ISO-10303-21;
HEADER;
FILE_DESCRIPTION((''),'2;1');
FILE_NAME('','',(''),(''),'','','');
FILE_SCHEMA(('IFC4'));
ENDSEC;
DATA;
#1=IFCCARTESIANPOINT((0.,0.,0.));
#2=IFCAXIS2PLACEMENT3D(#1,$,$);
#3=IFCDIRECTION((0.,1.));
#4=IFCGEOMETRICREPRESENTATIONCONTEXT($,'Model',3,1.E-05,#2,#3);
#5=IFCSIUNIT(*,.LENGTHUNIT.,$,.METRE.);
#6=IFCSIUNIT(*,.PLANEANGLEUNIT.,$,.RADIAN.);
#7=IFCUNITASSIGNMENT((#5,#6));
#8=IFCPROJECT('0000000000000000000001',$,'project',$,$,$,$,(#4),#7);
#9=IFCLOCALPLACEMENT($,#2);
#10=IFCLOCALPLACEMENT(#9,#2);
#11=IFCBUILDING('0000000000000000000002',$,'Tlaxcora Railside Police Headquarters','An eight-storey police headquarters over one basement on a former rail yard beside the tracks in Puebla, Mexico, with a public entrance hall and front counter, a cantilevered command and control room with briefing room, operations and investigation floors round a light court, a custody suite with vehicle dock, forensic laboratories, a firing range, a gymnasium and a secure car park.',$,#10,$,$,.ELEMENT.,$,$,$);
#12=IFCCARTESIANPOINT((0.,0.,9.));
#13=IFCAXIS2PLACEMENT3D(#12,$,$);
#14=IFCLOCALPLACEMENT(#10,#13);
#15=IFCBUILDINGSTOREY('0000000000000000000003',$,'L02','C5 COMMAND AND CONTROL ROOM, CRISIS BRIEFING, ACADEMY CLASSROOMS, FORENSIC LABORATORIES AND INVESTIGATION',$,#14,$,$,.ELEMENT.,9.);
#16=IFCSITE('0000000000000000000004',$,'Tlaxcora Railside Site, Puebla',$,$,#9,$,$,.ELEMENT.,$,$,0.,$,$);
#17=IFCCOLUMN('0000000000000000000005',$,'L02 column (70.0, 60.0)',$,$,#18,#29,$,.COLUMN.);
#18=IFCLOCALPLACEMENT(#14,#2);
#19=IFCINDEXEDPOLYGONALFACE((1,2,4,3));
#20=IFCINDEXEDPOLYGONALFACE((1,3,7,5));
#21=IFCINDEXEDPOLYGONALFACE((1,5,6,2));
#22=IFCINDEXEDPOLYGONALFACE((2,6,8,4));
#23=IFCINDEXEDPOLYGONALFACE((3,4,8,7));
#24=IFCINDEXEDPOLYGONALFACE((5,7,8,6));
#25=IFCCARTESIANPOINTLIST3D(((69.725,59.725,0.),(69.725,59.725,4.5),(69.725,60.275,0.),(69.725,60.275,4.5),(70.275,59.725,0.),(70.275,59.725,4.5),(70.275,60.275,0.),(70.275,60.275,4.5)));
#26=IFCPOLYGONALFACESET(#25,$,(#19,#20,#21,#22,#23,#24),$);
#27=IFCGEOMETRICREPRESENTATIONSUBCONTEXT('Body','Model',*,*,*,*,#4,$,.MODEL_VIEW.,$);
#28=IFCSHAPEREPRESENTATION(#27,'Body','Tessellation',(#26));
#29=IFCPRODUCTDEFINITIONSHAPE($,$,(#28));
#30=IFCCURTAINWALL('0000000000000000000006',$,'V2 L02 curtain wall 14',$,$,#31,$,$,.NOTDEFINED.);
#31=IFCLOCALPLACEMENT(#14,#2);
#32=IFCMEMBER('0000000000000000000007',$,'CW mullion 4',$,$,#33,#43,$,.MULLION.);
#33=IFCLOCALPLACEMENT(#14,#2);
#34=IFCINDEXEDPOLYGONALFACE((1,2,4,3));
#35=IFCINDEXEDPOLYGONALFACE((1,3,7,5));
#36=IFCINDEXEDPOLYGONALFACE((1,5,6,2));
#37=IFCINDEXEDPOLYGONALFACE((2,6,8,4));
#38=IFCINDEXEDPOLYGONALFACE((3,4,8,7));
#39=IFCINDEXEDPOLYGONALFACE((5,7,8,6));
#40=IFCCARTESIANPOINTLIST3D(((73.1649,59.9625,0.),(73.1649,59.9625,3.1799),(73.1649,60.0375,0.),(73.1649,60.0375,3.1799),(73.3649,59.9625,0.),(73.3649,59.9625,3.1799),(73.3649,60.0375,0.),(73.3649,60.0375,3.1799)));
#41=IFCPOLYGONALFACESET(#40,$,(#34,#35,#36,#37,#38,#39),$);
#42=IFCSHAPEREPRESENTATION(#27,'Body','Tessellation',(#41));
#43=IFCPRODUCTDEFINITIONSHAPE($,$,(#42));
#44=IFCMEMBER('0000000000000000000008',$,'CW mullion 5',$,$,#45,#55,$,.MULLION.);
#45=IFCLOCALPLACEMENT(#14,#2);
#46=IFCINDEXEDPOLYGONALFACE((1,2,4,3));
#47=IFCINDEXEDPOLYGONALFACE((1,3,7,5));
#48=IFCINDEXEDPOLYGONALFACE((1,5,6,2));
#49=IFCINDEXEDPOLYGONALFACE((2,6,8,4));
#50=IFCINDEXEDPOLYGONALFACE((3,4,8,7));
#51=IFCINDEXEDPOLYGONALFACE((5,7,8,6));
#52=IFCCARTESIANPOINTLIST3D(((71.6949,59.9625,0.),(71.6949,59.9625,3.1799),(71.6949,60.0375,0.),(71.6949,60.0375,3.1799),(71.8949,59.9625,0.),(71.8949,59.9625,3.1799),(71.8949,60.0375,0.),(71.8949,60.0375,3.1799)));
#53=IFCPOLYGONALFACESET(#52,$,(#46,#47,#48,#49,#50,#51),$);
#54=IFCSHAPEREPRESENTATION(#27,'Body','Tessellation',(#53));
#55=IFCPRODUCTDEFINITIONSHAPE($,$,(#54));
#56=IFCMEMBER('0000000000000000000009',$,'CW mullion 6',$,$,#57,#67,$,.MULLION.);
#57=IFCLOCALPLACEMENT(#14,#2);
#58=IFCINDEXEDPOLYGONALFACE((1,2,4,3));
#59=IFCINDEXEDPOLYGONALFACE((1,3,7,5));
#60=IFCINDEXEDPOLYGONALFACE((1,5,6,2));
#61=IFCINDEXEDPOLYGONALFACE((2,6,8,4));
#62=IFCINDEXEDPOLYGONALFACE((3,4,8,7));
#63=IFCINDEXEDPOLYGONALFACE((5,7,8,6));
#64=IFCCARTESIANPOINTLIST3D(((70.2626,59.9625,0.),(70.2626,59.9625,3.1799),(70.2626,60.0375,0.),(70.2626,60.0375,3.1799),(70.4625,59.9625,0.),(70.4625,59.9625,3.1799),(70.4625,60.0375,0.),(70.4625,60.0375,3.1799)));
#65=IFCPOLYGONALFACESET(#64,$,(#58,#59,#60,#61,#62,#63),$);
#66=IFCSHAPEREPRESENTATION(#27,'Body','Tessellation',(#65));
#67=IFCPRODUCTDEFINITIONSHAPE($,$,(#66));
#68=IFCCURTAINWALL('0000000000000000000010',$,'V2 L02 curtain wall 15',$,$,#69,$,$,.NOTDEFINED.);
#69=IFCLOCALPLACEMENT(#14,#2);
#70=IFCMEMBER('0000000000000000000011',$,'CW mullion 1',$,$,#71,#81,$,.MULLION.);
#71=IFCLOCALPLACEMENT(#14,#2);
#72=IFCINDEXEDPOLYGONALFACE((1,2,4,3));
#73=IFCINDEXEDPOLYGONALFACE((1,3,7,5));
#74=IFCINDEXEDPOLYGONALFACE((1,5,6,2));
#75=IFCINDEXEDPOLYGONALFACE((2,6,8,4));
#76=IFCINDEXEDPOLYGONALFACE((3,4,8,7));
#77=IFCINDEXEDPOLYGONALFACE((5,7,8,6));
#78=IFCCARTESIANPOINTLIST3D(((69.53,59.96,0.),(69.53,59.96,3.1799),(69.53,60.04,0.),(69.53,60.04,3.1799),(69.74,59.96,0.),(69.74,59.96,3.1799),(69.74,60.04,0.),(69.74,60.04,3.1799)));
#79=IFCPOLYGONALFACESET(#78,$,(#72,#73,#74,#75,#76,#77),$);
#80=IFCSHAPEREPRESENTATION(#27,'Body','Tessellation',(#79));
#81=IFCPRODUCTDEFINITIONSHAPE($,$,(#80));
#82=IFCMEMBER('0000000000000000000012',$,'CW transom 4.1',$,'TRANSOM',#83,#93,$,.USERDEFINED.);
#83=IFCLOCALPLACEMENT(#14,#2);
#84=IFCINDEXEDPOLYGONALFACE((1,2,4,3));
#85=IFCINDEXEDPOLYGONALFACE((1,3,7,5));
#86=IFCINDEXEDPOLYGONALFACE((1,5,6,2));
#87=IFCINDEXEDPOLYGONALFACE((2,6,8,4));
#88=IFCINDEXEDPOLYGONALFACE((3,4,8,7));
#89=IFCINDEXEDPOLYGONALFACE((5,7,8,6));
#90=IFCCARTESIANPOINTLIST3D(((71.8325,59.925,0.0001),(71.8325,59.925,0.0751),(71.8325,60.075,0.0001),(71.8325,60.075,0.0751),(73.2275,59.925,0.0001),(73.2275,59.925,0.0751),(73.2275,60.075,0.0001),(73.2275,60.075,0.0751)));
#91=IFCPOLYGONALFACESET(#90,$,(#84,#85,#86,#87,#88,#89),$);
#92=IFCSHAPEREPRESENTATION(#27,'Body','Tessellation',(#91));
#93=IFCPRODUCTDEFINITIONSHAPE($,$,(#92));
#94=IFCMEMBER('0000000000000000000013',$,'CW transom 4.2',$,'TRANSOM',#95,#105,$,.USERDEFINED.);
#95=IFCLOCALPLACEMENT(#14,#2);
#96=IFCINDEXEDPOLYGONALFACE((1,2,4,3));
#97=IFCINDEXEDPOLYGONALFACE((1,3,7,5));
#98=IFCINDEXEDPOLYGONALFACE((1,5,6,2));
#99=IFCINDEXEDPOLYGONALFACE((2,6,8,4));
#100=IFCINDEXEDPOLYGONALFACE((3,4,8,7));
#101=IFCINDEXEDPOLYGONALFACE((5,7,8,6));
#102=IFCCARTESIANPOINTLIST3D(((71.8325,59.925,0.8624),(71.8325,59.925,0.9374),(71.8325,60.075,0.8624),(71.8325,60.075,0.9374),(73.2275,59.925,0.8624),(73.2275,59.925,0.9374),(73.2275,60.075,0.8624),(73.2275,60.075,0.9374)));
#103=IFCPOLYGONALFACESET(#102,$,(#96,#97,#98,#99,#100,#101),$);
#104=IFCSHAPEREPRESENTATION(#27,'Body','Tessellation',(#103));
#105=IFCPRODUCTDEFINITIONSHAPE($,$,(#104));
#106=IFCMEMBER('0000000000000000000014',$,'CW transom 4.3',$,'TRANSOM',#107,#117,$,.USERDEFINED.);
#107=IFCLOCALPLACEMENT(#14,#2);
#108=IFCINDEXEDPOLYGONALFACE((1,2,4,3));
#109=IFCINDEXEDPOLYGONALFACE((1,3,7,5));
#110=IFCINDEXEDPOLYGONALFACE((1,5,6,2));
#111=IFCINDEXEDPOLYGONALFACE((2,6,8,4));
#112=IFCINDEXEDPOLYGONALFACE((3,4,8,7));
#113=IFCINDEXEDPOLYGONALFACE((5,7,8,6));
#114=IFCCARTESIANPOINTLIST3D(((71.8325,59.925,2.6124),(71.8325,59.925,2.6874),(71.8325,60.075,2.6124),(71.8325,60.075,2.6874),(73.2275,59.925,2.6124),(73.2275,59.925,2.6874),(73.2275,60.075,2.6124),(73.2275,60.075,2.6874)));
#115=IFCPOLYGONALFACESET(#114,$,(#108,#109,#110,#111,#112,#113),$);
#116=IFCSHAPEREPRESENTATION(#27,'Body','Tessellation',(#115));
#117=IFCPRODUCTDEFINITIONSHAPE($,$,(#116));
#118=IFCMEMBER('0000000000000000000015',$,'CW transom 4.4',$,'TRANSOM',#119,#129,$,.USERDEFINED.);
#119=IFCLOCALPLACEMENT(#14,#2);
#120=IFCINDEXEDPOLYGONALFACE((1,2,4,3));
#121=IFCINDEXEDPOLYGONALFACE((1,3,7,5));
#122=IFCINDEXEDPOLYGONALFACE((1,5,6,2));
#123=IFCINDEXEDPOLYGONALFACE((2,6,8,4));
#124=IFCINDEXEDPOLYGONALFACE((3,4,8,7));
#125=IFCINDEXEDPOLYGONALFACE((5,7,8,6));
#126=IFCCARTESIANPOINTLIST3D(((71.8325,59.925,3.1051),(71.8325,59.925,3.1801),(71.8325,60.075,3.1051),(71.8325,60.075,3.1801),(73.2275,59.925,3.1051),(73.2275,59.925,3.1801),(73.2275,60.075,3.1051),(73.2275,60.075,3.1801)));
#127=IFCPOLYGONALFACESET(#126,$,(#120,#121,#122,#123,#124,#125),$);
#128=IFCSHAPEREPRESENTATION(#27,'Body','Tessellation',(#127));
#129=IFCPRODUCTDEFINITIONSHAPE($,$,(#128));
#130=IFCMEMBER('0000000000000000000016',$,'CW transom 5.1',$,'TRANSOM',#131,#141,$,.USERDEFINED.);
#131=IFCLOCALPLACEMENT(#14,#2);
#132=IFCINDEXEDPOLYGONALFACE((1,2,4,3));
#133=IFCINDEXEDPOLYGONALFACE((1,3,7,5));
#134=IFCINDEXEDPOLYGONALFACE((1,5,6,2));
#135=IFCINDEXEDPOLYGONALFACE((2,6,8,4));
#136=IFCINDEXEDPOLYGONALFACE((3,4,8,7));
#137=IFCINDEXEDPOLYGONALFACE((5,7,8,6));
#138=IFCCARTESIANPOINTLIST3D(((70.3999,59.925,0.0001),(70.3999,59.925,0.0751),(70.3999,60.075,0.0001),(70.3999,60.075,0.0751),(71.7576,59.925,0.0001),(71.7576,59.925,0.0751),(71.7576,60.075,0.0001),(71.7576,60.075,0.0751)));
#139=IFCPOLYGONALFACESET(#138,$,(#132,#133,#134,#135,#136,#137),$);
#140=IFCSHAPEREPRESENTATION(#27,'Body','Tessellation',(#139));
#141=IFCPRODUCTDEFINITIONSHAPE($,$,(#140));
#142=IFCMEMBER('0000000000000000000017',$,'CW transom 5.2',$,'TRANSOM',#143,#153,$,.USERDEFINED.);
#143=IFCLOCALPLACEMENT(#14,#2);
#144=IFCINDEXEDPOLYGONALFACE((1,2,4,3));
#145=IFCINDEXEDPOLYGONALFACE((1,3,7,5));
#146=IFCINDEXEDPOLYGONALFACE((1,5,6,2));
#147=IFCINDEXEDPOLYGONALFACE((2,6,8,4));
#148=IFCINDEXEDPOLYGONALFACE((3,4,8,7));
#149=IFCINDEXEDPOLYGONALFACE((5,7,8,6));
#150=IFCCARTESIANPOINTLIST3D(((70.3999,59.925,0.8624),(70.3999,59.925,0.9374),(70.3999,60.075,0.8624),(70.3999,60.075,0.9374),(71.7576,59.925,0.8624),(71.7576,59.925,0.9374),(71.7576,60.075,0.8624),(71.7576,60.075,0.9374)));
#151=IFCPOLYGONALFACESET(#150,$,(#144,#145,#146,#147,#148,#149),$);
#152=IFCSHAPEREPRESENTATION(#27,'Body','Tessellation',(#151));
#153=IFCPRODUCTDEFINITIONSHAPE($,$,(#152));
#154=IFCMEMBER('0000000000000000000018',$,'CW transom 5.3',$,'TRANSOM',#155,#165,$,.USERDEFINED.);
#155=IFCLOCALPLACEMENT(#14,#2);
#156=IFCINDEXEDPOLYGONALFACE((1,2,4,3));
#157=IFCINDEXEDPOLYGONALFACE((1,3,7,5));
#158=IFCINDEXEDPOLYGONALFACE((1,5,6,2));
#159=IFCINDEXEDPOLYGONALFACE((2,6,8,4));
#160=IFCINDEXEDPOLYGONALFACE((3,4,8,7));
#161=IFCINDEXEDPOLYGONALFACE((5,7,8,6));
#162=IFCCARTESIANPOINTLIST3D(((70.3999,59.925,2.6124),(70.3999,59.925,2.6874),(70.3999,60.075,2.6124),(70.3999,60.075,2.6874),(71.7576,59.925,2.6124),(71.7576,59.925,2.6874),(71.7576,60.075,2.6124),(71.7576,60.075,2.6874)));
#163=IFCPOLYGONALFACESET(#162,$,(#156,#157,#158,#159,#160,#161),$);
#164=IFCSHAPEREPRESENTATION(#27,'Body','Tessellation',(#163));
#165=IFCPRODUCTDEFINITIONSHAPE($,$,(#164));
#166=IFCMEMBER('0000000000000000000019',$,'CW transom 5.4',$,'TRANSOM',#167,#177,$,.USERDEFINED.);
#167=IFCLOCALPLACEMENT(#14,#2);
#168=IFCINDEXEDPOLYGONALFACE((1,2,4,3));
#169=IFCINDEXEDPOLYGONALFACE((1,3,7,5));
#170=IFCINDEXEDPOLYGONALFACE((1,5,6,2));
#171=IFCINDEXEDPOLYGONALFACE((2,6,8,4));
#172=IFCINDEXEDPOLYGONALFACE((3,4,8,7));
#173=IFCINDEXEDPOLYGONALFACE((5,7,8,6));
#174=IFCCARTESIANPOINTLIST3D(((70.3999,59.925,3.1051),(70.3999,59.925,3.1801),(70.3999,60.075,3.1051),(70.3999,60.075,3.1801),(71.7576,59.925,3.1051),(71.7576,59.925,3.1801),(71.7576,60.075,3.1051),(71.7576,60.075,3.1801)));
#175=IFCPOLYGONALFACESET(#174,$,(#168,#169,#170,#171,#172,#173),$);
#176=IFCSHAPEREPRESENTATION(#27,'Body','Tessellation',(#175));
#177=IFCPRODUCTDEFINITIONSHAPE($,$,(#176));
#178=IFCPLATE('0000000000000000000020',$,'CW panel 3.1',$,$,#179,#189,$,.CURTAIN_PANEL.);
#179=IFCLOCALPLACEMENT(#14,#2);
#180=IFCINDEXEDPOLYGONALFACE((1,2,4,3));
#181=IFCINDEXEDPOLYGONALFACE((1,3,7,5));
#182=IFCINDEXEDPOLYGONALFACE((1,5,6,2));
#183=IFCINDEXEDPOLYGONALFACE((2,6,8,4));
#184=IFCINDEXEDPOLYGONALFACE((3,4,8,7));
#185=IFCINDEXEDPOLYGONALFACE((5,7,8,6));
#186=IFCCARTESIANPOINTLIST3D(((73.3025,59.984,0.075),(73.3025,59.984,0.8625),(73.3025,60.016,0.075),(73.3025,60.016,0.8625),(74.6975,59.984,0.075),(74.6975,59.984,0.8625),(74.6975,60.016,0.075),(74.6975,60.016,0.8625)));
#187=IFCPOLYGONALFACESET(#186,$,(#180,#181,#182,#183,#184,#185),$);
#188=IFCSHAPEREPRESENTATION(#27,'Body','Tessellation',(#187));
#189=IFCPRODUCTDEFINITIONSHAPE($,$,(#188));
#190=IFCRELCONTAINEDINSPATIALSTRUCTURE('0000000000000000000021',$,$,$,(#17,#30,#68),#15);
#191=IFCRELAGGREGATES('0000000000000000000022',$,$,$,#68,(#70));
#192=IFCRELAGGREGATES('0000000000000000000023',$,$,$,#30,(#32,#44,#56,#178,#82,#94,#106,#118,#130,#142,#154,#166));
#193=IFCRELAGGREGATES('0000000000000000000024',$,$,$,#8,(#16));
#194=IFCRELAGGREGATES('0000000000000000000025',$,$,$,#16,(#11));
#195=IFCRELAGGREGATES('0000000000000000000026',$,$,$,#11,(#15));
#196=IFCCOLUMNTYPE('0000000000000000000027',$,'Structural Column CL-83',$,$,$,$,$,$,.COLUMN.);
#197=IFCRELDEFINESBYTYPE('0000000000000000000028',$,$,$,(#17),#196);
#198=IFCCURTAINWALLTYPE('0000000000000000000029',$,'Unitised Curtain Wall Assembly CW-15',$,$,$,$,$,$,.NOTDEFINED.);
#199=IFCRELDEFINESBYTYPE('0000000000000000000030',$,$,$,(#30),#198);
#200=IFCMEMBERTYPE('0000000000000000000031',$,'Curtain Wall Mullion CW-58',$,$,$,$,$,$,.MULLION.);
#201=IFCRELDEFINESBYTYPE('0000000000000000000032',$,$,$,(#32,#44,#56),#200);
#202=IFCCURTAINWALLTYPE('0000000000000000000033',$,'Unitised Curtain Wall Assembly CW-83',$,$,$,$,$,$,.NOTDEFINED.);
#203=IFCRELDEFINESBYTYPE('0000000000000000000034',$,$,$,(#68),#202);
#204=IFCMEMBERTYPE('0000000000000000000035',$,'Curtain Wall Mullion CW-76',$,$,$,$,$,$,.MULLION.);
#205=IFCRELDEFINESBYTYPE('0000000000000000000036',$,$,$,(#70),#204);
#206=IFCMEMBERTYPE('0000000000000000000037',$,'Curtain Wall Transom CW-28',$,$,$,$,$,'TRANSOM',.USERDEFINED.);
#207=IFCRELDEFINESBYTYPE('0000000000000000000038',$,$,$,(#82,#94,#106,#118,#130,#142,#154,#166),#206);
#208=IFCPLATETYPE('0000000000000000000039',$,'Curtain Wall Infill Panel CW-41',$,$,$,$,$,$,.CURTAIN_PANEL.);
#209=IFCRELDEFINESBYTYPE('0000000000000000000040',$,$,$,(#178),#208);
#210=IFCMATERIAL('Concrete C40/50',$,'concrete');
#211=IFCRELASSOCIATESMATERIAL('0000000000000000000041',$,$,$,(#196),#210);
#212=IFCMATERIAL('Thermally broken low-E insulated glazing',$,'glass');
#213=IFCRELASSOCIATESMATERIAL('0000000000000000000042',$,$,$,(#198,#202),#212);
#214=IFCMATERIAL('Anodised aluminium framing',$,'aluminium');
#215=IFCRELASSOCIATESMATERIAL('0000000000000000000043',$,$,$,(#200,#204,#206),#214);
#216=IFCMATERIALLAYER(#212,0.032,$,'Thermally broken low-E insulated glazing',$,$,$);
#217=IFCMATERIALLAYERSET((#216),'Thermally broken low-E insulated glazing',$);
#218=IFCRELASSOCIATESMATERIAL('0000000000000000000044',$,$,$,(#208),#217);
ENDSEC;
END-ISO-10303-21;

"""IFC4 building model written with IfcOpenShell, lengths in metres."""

from ifc_helpers import new_model, si_unit, direction, frame, origin, origin_2d, place, context, subcontext, project, spatial, rectangle, extrude, material, layer, layer_set, material_profile, profile_set, type_object, element, aggregate, save


model = new_model("IFC4")

# Units and contexts
model_context = context("Model", 3, precision=1e-05, world=origin(), true_north=direction((0.0, 1.0)))
body_context = subcontext(model_context, "Body", "Model", "MODEL_VIEW")
ifc_project = project(units=[si_unit("LENGTHUNIT", "METRE"), si_unit("PLANEANGLEUNIT", "RADIAN")], contexts=[model_context])

# Site, building, storey
site_placement = place(None, origin())
site = spatial("IfcSite", under=ifc_project, at=site_placement, Name="Tlaxcora Railside Site, Puebla", CompositionType="ELEMENT", RefElevation=0.0)
building_placement = place(site_placement, origin())
building = spatial("IfcBuilding", under=site, at=building_placement, Name="Tlaxcora Railside Police Headquarters", Description="An eight-storey police headquarters over one basement on a former rail yard beside the tracks in Puebla, Mexico, with a public entrance hall and front counter, a cantilevered command and control room with briefing room, operations and investigation floors round a light court, a custody suite with vehicle dock, forensic laboratories, a firing range, a gymnasium and a secure car park.", CompositionType="ELEMENT")
storey_placement = place(building_placement, frame((0.0, 0.0, 9.0)))
storey = spatial("IfcBuildingStorey", under=building, at=storey_placement, Name="L02", Description="C5 COMMAND AND CONTROL ROOM, CRISIS BRIEFING, ACADEMY CLASSROOMS, FORENSIC LABORATORIES AND INVESTIGATION", CompositionType="ELEMENT", Elevation=9.0)

# Column
ifc_material_1 = material(Name="Concrete C40/50", Category="concrete")
ifc_material_profile_1 = material_profile(ifc_material_1, rectangle(XDim=0.55, YDim=0.55, at=origin_2d()), Name="RC550X550")
ifc_profile_set_1 = profile_set([ifc_material_profile_1], Name="Concrete C40/50")
column_type = type_object("IfcColumnType", Name="Structural Column CL-83", PredefinedType="COLUMN", material=ifc_profile_set_1)
column_placement = place(storey_placement, frame((70.0, 60.0, 0.0), z_axis=(0.0, 0.0, 1.0), x_axis=(1.0, 0.0, 0.0)))
element("IfcColumn", 1, at=column_placement, inside=storey, type_object=column_type, Name="L02 column (70.0, 60.0)", PredefinedType="COLUMN", context=body_context, shape_type="SweptSolid", body=[
    extrude(rectangle(XDim=0.55, YDim=0.55, at=origin_2d()), origin(), (0.0, 0.0, 1.0), 4.5),
])

# Curtain wall, members
ifc_material_2 = material(Name="Thermally broken low-E insulated glazing", Category="glass")
curtain_wall_type_1 = type_object("IfcCurtainWallType", Name="Unitised Curtain Wall Assembly CW-15", PredefinedType="NOTDEFINED", material=ifc_material_2)
curtain_wall_1_placement = place(storey_placement, origin())
curtain_wall_1 = element("IfcCurtainWall", 2, at=curtain_wall_1_placement, inside=storey, type_object=curtain_wall_type_1, Name="V2 L02 curtain wall 14", PredefinedType="NOTDEFINED")
ifc_material_3 = material(Name="Anodised aluminium framing", Category="aluminium")
ifc_material_profile_2 = material_profile(ifc_material_3, rectangle(XDim=0.075, YDim=0.2, at=origin_2d()), Name="AL75X200")
ifc_profile_set_2 = profile_set([ifc_material_profile_2], Name="Anodised aluminium framing")
member_type_1 = type_object("IfcMemberType", Name="Curtain Wall Mullion CW-58", PredefinedType="MULLION", material=ifc_profile_set_2)
member_1_placement = place(storey_placement, frame((73.2649, 60.0, 0.0), z_axis=(0.0, 0.0, 1.0), x_axis=(0.0, -1.0, 0.0)))
member_1 = element("IfcMember", 3, at=member_1_placement, type_object=member_type_1, Name="CW mullion 4", PredefinedType="MULLION", context=body_context, shape_type="SweptSolid", body=[
    extrude(rectangle(XDim=0.075, YDim=0.2, at=origin_2d()), origin(), (0.0, 0.0, 1.0), 3.1799),
])
member_2_placement = place(storey_placement, frame((71.7949, 60.0, 0.0), z_axis=(0.0, 0.0, 1.0), x_axis=(0.0, -1.0, 0.0)))
member_2 = element("IfcMember", 4, at=member_2_placement, type_object=member_type_1, Name="CW mullion 5", PredefinedType="MULLION", context=body_context, shape_type="SweptSolid", body=[
    extrude(rectangle(XDim=0.075, YDim=0.2, at=origin_2d()), origin(), (0.0, 0.0, 1.0), 3.1799),
])
member_3_placement = place(storey_placement, frame((70.3625, 60.0, 0.0), z_axis=(0.0, 0.0, 1.0), x_axis=(0.0, -1.0, 0.0)))
member_3 = element("IfcMember", 5, at=member_3_placement, type_object=member_type_1, Name="CW mullion 6", PredefinedType="MULLION", context=body_context, shape_type="SweptSolid", body=[
    extrude(rectangle(XDim=0.075, YDim=0.2, at=origin_2d()), origin(), (0.0, 0.0, 1.0), 3.1799),
])

# Curtain wall, member
curtain_wall_type_2 = type_object("IfcCurtainWallType", Name="Unitised Curtain Wall Assembly CW-83", PredefinedType="NOTDEFINED", material=ifc_material_2)
curtain_wall_2_placement = place(storey_placement, origin())
curtain_wall_2 = element("IfcCurtainWall", 6, at=curtain_wall_2_placement, inside=storey, type_object=curtain_wall_type_2, Name="V2 L02 curtain wall 15", PredefinedType="NOTDEFINED")
ifc_material_profile_3 = material_profile(ifc_material_3, rectangle(XDim=0.0801, YDim=0.21, at=origin_2d()), Name="AL80X210")
ifc_profile_set_3 = profile_set([ifc_material_profile_3], Name="Anodised aluminium framing")
member_type_2 = type_object("IfcMemberType", Name="Curtain Wall Mullion CW-76", PredefinedType="MULLION", material=ifc_profile_set_3)
member_4_placement = place(storey_placement, frame((69.635, 60.0, 0.0), z_axis=(0.0, 0.0, 1.0), x_axis=(0.0, -1.0, 0.0)))
member_4 = element("IfcMember", 7, at=member_4_placement, type_object=member_type_2, Name="CW mullion 1", PredefinedType="MULLION", context=body_context, shape_type="SweptSolid", body=[
    extrude(rectangle(XDim=0.0801, YDim=0.21, at=origin_2d()), origin(), (0.0, 0.0, 1.0), 3.1799),
])
aggregate(curtain_wall_2, [member_4])

# Members
ifc_material_profile_4 = material_profile(ifc_material_3, rectangle(XDim=0.1499, YDim=0.075, at=origin_2d()), Name="AL75X150")
ifc_profile_set_4 = profile_set([ifc_material_profile_4], Name="Anodised aluminium framing")
member_type_3 = type_object("IfcMemberType", Name="Curtain Wall Transom CW-28", ElementType="TRANSOM", PredefinedType="USERDEFINED", material=ifc_profile_set_4)
member_5_placement = place(storey_placement, frame((73.2275, 60.0, 0.0376), z_axis=(-1.0, 0.0, 0.0), x_axis=(0.0, -1.0, 0.0)))
member_5 = element("IfcMember", 8, at=member_5_placement, type_object=member_type_3, Name="CW transom 4.1", ObjectType="TRANSOM", PredefinedType="USERDEFINED", context=body_context, shape_type="SweptSolid", body=[
    extrude(rectangle(XDim=0.1499, YDim=0.075, at=origin_2d()), origin(), (0.0, 0.0, 1.0), 1.395),
])
member_6_placement = place(storey_placement, frame((73.2275, 60.0, 0.8999), z_axis=(-1.0, 0.0, 0.0), x_axis=(0.0, -1.0, 0.0)))
member_6 = element("IfcMember", 9, at=member_6_placement, type_object=member_type_3, Name="CW transom 4.2", ObjectType="TRANSOM", PredefinedType="USERDEFINED", context=body_context, shape_type="SweptSolid", body=[
    extrude(rectangle(XDim=0.1499, YDim=0.075, at=origin_2d()), origin(), (0.0, 0.0, 1.0), 1.395),
])
member_7_placement = place(storey_placement, frame((73.2275, 60.0, 2.6499), z_axis=(-1.0, 0.0, 0.0), x_axis=(0.0, -1.0, 0.0)))
member_7 = element("IfcMember", 10, at=member_7_placement, type_object=member_type_3, Name="CW transom 4.3", ObjectType="TRANSOM", PredefinedType="USERDEFINED", context=body_context, shape_type="SweptSolid", body=[
    extrude(rectangle(XDim=0.1499, YDim=0.075, at=origin_2d()), origin(), (0.0, 0.0, 1.0), 1.395),
])
member_8_placement = place(storey_placement, frame((73.2275, 60.0, 3.1426), z_axis=(-1.0, 0.0, 0.0), x_axis=(0.0, -1.0, 0.0)))
member_8 = element("IfcMember", 11, at=member_8_placement, type_object=member_type_3, Name="CW transom 4.4", ObjectType="TRANSOM", PredefinedType="USERDEFINED", context=body_context, shape_type="SweptSolid", body=[
    extrude(rectangle(XDim=0.1499, YDim=0.075, at=origin_2d()), origin(), (0.0, 0.0, 1.0), 1.395),
])
member_9_placement = place(storey_placement, frame((71.7576, 60.0, 0.0376), z_axis=(-1.0, 0.0, 0.0), x_axis=(0.0, -1.0, 0.0)))
member_9 = element("IfcMember", 12, at=member_9_placement, type_object=member_type_3, Name="CW transom 5.1", ObjectType="TRANSOM", PredefinedType="USERDEFINED", context=body_context, shape_type="SweptSolid", body=[
    extrude(rectangle(XDim=0.1499, YDim=0.075, at=origin_2d()), origin(), (0.0, 0.0, 1.0), 1.3577),
])
member_10_placement = place(storey_placement, frame((71.7576, 60.0, 0.8999), z_axis=(-1.0, 0.0, 0.0), x_axis=(0.0, -1.0, 0.0)))
member_10 = element("IfcMember", 13, at=member_10_placement, type_object=member_type_3, Name="CW transom 5.2", ObjectType="TRANSOM", PredefinedType="USERDEFINED", context=body_context, shape_type="SweptSolid", body=[
    extrude(rectangle(XDim=0.1499, YDim=0.075, at=origin_2d()), origin(), (0.0, 0.0, 1.0), 1.3577),
])
member_11_placement = place(storey_placement, frame((71.7576, 60.0, 2.6499), z_axis=(-1.0, 0.0, 0.0), x_axis=(0.0, -1.0, 0.0)))
member_11 = element("IfcMember", 14, at=member_11_placement, type_object=member_type_3, Name="CW transom 5.3", ObjectType="TRANSOM", PredefinedType="USERDEFINED", context=body_context, shape_type="SweptSolid", body=[
    extrude(rectangle(XDim=0.1499, YDim=0.075, at=origin_2d()), origin(), (0.0, 0.0, 1.0), 1.3577),
])
member_12_placement = place(storey_placement, frame((71.7576, 60.0, 3.1426), z_axis=(-1.0, 0.0, 0.0), x_axis=(0.0, -1.0, 0.0)))
member_12 = element("IfcMember", 15, at=member_12_placement, type_object=member_type_3, Name="CW transom 5.4", ObjectType="TRANSOM", PredefinedType="USERDEFINED", context=body_context, shape_type="SweptSolid", body=[
    extrude(rectangle(XDim=0.1499, YDim=0.075, at=origin_2d()), origin(), (0.0, 0.0, 1.0), 1.3577),
])

# Plate
ifc_layer_1 = layer(ifc_material_2, 0.032, Name="Thermally broken low-E insulated glazing")
ifc_layer_set_1 = layer_set([ifc_layer_1], Name="Thermally broken low-E insulated glazing")
plate_type = type_object("IfcPlateType", Name="Curtain Wall Infill Panel CW-41", PredefinedType="CURTAIN_PANEL", material=ifc_layer_set_1)
plate_1_placement = place(storey_placement, frame((74.0, 60.0, 0.075), z_axis=(0.0, 0.0, 1.0), x_axis=(-1.0, 0.0, 0.0)))
plate_1 = element("IfcPlate", 16, at=plate_1_placement, type_object=plate_type, Name="CW panel 3.1", PredefinedType="CURTAIN_PANEL", context=body_context, shape_type="SweptSolid", body=[
    extrude(rectangle(XDim=1.395, YDim=0.032, at=origin_2d()), origin(), (0.0, 0.0, 1.0), 0.7876),
])
aggregate(curtain_wall_1, [member_1, member_2, member_3, plate_1, member_5, member_6, member_7, member_8, member_9, member_10, member_11, member_12])

save(model, "model.ifc")
